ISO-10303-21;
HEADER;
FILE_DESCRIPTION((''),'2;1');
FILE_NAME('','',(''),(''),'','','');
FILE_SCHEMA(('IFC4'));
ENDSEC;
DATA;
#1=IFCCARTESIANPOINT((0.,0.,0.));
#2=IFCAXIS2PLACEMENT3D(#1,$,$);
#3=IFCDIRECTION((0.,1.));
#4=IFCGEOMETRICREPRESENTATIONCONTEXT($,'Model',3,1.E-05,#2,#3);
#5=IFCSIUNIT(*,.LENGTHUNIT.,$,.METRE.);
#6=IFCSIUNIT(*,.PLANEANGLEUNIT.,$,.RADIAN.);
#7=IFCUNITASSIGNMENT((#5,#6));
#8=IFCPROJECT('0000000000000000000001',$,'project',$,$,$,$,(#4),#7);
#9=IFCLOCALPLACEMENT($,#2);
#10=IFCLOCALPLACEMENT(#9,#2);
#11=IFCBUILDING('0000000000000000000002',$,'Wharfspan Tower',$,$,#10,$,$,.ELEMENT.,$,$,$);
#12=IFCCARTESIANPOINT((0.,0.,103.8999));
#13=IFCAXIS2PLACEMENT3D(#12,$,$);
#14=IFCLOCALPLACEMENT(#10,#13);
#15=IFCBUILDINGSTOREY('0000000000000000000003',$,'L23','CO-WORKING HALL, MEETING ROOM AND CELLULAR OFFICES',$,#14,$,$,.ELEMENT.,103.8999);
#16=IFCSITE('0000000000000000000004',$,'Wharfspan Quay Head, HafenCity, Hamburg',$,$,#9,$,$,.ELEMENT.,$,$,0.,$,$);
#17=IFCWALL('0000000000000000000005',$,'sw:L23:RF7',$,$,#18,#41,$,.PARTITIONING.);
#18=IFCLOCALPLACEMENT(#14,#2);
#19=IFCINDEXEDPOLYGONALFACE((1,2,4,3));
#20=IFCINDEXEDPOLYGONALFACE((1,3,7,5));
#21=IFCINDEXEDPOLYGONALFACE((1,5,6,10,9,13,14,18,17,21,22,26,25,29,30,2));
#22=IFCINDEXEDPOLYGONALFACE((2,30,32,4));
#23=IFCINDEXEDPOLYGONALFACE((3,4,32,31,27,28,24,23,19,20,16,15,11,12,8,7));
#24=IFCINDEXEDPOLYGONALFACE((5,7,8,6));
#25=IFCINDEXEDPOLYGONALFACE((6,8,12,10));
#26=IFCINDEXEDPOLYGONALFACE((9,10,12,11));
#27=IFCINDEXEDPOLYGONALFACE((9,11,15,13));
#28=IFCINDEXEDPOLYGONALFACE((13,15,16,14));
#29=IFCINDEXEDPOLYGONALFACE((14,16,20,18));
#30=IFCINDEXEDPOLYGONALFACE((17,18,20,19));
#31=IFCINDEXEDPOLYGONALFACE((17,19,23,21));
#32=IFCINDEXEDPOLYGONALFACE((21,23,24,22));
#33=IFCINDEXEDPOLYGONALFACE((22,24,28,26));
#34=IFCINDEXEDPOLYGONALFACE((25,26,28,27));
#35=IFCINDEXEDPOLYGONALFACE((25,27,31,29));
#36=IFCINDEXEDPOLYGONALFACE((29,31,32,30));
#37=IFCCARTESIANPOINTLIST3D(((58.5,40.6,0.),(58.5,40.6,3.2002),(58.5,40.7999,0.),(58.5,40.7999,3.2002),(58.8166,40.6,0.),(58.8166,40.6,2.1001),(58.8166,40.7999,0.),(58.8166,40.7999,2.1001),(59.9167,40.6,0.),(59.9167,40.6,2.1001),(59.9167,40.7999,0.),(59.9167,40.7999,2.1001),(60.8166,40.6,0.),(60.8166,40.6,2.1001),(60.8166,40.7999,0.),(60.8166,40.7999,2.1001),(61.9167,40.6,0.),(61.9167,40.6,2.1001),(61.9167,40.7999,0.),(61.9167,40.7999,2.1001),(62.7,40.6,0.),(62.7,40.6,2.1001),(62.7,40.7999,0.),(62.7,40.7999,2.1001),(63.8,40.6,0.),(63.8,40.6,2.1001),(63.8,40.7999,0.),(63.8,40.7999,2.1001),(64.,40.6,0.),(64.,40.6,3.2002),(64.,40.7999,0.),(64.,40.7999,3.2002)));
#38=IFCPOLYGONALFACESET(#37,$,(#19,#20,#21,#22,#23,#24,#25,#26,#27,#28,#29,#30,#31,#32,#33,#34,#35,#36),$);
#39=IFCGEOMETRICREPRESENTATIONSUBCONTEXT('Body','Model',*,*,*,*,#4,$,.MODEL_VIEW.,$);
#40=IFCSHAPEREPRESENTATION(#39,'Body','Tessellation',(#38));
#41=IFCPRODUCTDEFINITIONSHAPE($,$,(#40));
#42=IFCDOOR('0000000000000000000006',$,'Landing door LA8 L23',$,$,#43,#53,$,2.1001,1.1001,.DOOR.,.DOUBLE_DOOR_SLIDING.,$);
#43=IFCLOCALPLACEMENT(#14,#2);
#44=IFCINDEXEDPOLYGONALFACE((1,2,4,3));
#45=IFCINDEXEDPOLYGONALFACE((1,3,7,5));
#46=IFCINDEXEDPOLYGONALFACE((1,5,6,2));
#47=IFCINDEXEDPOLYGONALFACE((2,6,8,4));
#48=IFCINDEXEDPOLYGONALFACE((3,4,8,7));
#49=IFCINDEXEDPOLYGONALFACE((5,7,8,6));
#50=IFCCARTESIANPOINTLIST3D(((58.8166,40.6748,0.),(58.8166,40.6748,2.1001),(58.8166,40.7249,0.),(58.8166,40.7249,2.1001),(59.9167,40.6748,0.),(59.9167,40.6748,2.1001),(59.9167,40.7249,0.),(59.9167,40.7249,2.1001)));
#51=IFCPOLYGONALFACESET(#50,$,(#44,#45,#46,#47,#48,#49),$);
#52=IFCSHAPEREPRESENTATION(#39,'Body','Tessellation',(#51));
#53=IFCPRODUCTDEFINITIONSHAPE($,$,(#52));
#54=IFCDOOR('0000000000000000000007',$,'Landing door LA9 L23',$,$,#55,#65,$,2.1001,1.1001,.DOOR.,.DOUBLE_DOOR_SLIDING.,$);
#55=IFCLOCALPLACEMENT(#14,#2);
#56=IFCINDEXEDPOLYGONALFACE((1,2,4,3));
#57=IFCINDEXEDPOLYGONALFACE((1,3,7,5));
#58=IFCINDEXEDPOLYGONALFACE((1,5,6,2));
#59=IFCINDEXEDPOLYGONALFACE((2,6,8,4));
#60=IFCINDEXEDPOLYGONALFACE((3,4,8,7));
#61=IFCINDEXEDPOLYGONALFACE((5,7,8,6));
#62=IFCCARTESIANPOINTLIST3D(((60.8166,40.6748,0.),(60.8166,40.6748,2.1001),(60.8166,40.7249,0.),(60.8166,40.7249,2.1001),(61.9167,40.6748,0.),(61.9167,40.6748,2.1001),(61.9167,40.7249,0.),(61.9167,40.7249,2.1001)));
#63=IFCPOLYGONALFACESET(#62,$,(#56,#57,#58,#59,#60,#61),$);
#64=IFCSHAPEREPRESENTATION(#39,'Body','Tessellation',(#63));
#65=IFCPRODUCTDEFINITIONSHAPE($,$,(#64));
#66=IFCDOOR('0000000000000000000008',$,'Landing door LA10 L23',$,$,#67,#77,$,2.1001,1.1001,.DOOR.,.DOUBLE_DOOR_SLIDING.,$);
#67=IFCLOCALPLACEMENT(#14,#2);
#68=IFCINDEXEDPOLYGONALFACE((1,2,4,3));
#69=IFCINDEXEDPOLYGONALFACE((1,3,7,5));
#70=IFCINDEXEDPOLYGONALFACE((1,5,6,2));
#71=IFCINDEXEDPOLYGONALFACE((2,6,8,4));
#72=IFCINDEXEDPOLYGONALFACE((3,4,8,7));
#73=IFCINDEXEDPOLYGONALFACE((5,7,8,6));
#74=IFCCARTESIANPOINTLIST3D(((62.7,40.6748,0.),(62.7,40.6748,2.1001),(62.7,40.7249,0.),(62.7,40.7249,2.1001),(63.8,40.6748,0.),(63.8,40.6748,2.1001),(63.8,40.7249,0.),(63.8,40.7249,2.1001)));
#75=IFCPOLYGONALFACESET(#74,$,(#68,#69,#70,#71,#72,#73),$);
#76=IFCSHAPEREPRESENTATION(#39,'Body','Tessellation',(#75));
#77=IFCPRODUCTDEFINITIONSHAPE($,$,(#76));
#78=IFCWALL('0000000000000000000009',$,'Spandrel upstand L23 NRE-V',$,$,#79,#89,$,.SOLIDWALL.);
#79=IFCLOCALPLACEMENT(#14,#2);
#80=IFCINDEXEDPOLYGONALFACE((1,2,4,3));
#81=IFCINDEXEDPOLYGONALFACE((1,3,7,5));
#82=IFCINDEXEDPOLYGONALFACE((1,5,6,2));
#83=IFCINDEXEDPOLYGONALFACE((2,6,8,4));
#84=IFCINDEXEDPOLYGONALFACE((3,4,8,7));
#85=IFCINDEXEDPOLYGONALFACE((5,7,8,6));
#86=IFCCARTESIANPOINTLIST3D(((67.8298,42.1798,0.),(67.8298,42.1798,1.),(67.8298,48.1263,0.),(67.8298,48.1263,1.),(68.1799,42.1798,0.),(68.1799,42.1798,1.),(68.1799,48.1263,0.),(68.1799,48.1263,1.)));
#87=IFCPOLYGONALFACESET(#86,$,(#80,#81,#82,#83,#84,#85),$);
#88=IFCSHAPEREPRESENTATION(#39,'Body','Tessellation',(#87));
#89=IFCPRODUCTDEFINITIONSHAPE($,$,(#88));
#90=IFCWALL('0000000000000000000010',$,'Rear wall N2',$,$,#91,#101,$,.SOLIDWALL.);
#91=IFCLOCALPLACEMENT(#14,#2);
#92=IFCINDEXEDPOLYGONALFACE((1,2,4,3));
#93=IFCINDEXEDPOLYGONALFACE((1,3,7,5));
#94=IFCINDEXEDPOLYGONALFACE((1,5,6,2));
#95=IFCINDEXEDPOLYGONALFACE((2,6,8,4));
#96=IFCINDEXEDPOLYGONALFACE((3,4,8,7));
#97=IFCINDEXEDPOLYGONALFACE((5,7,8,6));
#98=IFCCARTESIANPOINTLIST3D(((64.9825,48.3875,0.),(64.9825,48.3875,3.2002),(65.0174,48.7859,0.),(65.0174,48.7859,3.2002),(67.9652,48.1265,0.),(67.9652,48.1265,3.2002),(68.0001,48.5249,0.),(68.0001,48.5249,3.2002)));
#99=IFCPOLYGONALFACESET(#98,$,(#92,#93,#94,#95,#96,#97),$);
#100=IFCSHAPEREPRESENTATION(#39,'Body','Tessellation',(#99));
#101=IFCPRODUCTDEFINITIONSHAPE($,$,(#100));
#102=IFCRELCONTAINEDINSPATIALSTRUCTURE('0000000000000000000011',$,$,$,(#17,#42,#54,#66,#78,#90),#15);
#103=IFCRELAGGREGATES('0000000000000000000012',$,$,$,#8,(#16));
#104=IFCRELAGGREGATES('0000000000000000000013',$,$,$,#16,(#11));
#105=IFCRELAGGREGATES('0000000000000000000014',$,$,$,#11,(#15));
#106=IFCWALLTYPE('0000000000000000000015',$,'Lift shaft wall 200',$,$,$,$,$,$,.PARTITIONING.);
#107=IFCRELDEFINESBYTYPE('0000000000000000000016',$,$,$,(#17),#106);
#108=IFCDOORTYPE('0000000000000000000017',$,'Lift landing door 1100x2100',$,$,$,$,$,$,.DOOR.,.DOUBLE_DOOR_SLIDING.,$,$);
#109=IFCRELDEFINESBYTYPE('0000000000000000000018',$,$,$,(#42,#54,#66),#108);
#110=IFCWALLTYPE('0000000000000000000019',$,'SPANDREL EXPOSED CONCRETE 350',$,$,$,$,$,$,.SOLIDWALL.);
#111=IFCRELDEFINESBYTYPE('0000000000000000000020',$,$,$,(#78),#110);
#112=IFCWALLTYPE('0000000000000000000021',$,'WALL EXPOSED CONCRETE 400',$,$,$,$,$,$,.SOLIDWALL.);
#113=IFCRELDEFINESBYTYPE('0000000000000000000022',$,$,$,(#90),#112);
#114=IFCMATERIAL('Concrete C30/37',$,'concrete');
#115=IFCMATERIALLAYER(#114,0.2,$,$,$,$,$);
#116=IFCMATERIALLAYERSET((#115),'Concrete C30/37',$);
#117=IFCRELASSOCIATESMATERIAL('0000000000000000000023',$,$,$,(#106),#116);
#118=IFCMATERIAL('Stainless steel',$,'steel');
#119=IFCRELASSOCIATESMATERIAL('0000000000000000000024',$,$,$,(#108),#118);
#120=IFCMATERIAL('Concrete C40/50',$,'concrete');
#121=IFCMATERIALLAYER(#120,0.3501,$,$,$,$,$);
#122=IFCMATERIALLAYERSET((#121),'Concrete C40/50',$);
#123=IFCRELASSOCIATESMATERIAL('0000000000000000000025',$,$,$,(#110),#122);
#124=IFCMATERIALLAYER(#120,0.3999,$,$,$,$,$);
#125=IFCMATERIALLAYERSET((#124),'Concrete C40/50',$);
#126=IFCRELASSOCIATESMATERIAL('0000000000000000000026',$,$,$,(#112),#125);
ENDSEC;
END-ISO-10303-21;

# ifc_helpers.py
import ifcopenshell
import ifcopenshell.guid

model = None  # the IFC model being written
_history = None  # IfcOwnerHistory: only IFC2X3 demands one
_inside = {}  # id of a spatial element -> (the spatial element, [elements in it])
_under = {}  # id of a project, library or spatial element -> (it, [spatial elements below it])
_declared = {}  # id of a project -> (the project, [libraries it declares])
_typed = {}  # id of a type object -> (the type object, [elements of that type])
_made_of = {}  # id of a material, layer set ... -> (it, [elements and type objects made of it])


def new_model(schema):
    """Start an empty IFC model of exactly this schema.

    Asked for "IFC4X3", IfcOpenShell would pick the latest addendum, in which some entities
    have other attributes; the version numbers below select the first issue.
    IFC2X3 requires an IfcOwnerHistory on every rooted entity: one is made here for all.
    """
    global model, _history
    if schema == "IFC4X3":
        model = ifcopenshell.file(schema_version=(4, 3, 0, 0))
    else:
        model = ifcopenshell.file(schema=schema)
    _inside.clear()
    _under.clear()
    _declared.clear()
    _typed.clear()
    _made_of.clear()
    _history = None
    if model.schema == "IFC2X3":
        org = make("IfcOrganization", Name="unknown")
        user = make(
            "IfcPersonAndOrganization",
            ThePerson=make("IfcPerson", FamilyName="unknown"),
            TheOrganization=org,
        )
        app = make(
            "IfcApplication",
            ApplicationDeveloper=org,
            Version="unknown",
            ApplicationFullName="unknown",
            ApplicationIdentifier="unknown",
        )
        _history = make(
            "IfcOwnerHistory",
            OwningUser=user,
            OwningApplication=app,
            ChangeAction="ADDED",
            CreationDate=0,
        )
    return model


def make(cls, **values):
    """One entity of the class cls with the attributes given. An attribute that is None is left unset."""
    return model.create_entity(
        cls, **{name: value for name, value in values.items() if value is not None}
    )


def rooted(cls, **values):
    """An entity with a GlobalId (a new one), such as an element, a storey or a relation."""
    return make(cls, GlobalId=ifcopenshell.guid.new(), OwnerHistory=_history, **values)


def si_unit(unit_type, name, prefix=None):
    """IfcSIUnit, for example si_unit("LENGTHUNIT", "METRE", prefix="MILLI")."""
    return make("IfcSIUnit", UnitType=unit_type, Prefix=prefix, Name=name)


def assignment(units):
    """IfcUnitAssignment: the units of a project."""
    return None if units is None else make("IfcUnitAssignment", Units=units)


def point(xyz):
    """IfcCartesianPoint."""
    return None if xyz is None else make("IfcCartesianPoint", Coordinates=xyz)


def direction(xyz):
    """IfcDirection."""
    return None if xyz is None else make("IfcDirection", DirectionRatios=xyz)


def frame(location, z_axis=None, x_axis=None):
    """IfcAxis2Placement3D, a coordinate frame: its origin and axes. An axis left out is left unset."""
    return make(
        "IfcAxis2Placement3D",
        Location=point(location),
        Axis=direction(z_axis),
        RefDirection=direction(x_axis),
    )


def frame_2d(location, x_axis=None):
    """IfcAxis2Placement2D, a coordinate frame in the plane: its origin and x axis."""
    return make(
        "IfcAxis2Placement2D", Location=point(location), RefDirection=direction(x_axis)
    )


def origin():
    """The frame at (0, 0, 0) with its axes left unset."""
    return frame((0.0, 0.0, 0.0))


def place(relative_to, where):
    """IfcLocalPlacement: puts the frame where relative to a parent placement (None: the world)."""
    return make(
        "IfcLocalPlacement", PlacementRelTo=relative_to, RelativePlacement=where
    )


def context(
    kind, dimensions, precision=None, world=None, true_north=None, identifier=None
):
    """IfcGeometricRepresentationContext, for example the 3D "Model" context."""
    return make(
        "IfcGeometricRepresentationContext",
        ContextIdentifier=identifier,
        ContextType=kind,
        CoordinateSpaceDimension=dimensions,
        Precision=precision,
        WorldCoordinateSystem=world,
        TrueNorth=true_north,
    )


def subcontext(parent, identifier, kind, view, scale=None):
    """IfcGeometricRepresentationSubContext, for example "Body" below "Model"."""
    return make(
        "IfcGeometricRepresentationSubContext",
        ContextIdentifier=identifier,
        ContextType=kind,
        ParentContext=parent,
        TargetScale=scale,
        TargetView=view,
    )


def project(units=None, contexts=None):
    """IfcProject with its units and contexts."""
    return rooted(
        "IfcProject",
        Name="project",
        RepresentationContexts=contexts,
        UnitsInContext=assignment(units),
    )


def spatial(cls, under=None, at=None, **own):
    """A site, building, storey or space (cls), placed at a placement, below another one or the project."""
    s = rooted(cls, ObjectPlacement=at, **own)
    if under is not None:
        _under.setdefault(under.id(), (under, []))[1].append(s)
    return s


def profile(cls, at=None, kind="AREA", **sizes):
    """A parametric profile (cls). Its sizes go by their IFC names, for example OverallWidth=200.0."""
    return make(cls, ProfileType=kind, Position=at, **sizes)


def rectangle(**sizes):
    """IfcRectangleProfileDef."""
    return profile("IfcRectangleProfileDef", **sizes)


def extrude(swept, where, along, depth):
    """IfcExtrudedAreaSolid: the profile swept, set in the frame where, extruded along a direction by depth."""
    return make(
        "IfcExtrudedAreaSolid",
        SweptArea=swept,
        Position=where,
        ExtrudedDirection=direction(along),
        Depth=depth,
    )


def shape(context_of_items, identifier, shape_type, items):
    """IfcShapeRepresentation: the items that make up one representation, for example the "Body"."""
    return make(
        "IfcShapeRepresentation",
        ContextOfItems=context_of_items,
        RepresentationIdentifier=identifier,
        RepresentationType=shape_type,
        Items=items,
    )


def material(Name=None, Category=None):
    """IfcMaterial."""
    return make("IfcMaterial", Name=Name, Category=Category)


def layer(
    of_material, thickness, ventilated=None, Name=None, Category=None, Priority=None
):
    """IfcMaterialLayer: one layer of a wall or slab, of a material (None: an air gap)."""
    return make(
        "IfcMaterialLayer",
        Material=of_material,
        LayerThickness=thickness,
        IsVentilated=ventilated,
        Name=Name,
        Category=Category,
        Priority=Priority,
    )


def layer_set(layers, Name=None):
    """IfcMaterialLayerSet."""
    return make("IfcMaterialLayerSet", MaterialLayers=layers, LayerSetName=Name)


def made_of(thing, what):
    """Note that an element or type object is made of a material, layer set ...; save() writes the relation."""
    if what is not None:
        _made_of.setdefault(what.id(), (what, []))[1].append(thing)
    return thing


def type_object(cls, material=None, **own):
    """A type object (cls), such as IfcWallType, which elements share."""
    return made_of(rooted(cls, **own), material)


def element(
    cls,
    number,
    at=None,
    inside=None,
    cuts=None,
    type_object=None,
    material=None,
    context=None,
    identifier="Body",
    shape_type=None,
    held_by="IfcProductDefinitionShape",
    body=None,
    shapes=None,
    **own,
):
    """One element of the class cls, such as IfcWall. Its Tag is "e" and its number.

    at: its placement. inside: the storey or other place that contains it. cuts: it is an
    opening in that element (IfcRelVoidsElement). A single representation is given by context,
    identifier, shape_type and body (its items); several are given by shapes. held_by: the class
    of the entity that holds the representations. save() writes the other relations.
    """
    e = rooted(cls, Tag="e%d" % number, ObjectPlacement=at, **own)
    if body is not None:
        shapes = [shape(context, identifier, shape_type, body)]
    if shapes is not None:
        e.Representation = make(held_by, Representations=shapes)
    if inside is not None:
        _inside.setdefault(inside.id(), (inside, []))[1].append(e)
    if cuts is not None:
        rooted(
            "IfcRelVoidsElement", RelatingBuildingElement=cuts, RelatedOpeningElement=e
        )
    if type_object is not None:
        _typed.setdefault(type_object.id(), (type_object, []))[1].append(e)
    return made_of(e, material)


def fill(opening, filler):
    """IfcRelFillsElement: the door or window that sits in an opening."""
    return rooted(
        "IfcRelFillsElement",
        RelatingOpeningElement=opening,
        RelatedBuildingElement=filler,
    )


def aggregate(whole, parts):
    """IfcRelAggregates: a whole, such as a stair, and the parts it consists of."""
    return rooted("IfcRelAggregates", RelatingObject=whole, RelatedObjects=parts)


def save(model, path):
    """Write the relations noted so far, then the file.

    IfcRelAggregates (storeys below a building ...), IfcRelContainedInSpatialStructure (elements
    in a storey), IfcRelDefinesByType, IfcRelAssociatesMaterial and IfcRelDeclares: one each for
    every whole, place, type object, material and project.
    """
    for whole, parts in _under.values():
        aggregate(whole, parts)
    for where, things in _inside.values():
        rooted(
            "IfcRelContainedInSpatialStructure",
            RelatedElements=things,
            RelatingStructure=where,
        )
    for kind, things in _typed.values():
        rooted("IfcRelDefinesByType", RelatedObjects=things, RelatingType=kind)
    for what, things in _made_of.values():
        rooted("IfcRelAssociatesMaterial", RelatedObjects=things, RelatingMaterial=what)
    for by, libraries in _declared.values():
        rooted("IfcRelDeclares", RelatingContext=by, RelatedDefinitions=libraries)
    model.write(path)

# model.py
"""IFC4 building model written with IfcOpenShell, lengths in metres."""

from ifc_helpers import new_model, si_unit, direction, frame, frame_2d, origin, place, context, subcontext, project, spatial, rectangle, extrude, material, layer, layer_set, type_object, element, fill, save


model = new_model("IFC4")

# Units and contexts
model_context = context("Model", 3, precision=1e-05, world=origin(), true_north=direction((0.0, 1.0)))
body_context = subcontext(model_context, "Body", "Model", "MODEL_VIEW")
ifc_project = project(units=[si_unit("LENGTHUNIT", "METRE"), si_unit("PLANEANGLEUNIT", "RADIAN")], contexts=[model_context])

# Site, building, storey
site_placement = place(None, origin())
site = spatial("IfcSite", under=ifc_project, at=site_placement, Name="Wharfspan Quay Head, HafenCity, Hamburg", CompositionType="ELEMENT", RefElevation=0.0)
building_placement = place(site_placement, origin())
building = spatial("IfcBuilding", under=site, at=building_placement, Name="Wharfspan Tower", CompositionType="ELEMENT")
storey_placement = place(building_placement, frame((0.0, 0.0, 103.8999)))
storey = spatial("IfcBuildingStorey", under=building, at=storey_placement, Name="L23", Description="CO-WORKING HALL, MEETING ROOM AND CELLULAR OFFICES", CompositionType="ELEMENT", Elevation=103.8999)

# Wall, openings, doors
ifc_material_1 = material(Name="Concrete C30/37", Category="concrete")
ifc_layer_1 = layer(ifc_material_1, 0.2)
ifc_layer_set_1 = layer_set([ifc_layer_1], Name="Concrete C30/37")
wall_type_1 = type_object("IfcWallType", Name="Lift shaft wall 200", PredefinedType="PARTITIONING", material=ifc_layer_set_1)
wall_1_placement = place(storey_placement, frame((58.5, 40.7, 0.0), z_axis=(0.0, 0.0, 1.0), x_axis=(1.0, 0.0, 0.0)))
wall_1 = element("IfcWall", 1, at=wall_1_placement, inside=storey, type_object=wall_type_1, Name="sw:L23:RF7", PredefinedType="PARTITIONING", context=body_context, shape_type="SweptSolid", body=[
    extrude(rectangle(XDim=5.5, YDim=0.2, at=frame_2d((2.75, 0.0))), origin(), (0.0, 0.0, 1.0), 3.2002),
])
opening_1_placement = place(wall_1_placement, frame((0.3166, 0.0, 0.0)))
opening_1 = element("IfcOpeningElement", 2, at=opening_1_placement, cuts=wall_1, PredefinedType="OPENING", context=body_context, shape_type="SweptSolid", body=[
    extrude(rectangle(XDim=1.1001, YDim=2.1001, at=frame_2d((0.55, 1.05))), frame((0.0, 0.1099, 0.0), z_axis=(0.0, -1.0, 0.0), x_axis=(1.0, 0.0, 0.0)), (0.0, 0.0, 1.0), 0.22),
])
opening_2_placement = place(wall_1_placement, frame((2.3167, 0.0, 0.0)))
opening_2 = element("IfcOpeningElement", 3, at=opening_2_placement, cuts=wall_1, PredefinedType="OPENING", context=body_context, shape_type="SweptSolid", body=[
    extrude(rectangle(XDim=1.1001, YDim=2.1001, at=frame_2d((0.55, 1.05))), frame((0.0, 0.1099, 0.0), z_axis=(0.0, -1.0, 0.0), x_axis=(1.0, 0.0, 0.0)), (0.0, 0.0, 1.0), 0.22),
])
opening_3_placement = place(wall_1_placement, frame((4.2, 0.0, 0.0)))
opening_3 = element("IfcOpeningElement", 4, at=opening_3_placement, cuts=wall_1, PredefinedType="OPENING", context=body_context, shape_type="SweptSolid", body=[
    extrude(rectangle(XDim=1.1001, YDim=2.1001, at=frame_2d((0.55, 1.05))), frame((0.0, 0.1099, 0.0), z_axis=(0.0, -1.0, 0.0), x_axis=(1.0, 0.0, 0.0)), (0.0, 0.0, 1.0), 0.22),
])
ifc_material_2 = material(Name="Stainless steel", Category="steel")
door_type_1 = type_object("IfcDoorType", Name="Lift landing door 1100x2100", OperationType="DOUBLE_DOOR_SLIDING", PredefinedType="DOOR", material=ifc_material_2)
door_1_placement = place(opening_1_placement, origin())
door_1 = element("IfcDoor", 5, at=door_1_placement, inside=storey, type_object=door_type_1, Name="Landing door LA8 L23", OperationType="DOUBLE_DOOR_SLIDING", OverallHeight=2.1001, OverallWidth=1.1001, PredefinedType="DOOR", context=body_context, shape_type="SweptSolid", body=[
    extrude(rectangle(XDim=1.1001, YDim=2.1001, at=frame_2d((0.55, 1.05))), frame((0.0, 0.0249, 0.0), z_axis=(0.0, -1.0, 0.0), x_axis=(1.0, 0.0, 0.0)), (0.0, 0.0, 1.0), 0.05),
])
fill(opening_1, door_1)
door_2_placement = place(opening_2_placement, origin())
door_2 = element("IfcDoor", 6, at=door_2_placement, inside=storey, type_object=door_type_1, Name="Landing door LA9 L23", OperationType="DOUBLE_DOOR_SLIDING", OverallHeight=2.1001, OverallWidth=1.1001, PredefinedType="DOOR", context=body_context, shape_type="SweptSolid", body=[
    extrude(rectangle(XDim=1.1001, YDim=2.1001, at=frame_2d((0.55, 1.05))), frame((0.0, 0.0249, 0.0), z_axis=(0.0, -1.0, 0.0), x_axis=(1.0, 0.0, 0.0)), (0.0, 0.0, 1.0), 0.05),
])
fill(opening_2, door_2)
door_3_placement = place(opening_3_placement, origin())
door_3 = element("IfcDoor", 7, at=door_3_placement, inside=storey, type_object=door_type_1, Name="Landing door LA10 L23", OperationType="DOUBLE_DOOR_SLIDING", OverallHeight=2.1001, OverallWidth=1.1001, PredefinedType="DOOR", context=body_context, shape_type="SweptSolid", body=[
    extrude(rectangle(XDim=1.1001, YDim=2.1001, at=frame_2d((0.55, 1.05))), frame((0.0, 0.0249, 0.0), z_axis=(0.0, -1.0, 0.0), x_axis=(1.0, 0.0, 0.0)), (0.0, 0.0, 1.0), 0.05),
])
fill(opening_3, door_3)

# Walls
ifc_material_3 = material(Name="Concrete C40/50", Category="concrete")
ifc_layer_2 = layer(ifc_material_3, 0.3501)
ifc_layer_set_2 = layer_set([ifc_layer_2], Name="Concrete C40/50")
wall_type_2 = type_object("IfcWallType", Name="SPANDREL EXPOSED CONCRETE 350", PredefinedType="SOLIDWALL", material=ifc_layer_set_2)
wall_2_placement = place(storey_placement, frame((68.0049, 42.1799, 0.0), z_axis=(0.0, 0.0, 1.0), x_axis=(0.0, 1.0, 0.0)))
element("IfcWall", 8, at=wall_2_placement, inside=storey, type_object=wall_type_2, Name="Spandrel upstand L23 NRE-V", PredefinedType="SOLIDWALL", context=body_context, shape_type="SweptSolid", body=[
    extrude(rectangle(XDim=5.9465, YDim=0.3501, at=frame_2d((2.9731, 0.0))), origin(), (0.0, 0.0, 1.0), 1.0),
])
ifc_layer_3 = layer(ifc_material_3, 0.3999)
ifc_layer_set_3 = layer_set([ifc_layer_3], Name="Concrete C40/50")
wall_type_3 = type_object("IfcWallType", Name="WALL EXPOSED CONCRETE 400", PredefinedType="SOLIDWALL", material=ifc_layer_set_3)
wall_3_placement = place(storey_placement, frame((67.9827, 48.3257, 0.0), z_axis=(0.0, 0.0, 1.0), x_axis=(-0.996194, 0.087168, 0.0)))
element("IfcWall", 9, at=wall_3_placement, inside=storey, type_object=wall_type_3, Name="Rear wall N2", PredefinedType="SOLIDWALL", context=body_context, shape_type="SweptSolid", body=[
    extrude(rectangle(XDim=2.9941, YDim=0.3999, at=frame_2d((1.4971, 0.0))), origin(), (0.0, 0.0, 1.0), 3.2002),
])

save(model, "model.ifc")
